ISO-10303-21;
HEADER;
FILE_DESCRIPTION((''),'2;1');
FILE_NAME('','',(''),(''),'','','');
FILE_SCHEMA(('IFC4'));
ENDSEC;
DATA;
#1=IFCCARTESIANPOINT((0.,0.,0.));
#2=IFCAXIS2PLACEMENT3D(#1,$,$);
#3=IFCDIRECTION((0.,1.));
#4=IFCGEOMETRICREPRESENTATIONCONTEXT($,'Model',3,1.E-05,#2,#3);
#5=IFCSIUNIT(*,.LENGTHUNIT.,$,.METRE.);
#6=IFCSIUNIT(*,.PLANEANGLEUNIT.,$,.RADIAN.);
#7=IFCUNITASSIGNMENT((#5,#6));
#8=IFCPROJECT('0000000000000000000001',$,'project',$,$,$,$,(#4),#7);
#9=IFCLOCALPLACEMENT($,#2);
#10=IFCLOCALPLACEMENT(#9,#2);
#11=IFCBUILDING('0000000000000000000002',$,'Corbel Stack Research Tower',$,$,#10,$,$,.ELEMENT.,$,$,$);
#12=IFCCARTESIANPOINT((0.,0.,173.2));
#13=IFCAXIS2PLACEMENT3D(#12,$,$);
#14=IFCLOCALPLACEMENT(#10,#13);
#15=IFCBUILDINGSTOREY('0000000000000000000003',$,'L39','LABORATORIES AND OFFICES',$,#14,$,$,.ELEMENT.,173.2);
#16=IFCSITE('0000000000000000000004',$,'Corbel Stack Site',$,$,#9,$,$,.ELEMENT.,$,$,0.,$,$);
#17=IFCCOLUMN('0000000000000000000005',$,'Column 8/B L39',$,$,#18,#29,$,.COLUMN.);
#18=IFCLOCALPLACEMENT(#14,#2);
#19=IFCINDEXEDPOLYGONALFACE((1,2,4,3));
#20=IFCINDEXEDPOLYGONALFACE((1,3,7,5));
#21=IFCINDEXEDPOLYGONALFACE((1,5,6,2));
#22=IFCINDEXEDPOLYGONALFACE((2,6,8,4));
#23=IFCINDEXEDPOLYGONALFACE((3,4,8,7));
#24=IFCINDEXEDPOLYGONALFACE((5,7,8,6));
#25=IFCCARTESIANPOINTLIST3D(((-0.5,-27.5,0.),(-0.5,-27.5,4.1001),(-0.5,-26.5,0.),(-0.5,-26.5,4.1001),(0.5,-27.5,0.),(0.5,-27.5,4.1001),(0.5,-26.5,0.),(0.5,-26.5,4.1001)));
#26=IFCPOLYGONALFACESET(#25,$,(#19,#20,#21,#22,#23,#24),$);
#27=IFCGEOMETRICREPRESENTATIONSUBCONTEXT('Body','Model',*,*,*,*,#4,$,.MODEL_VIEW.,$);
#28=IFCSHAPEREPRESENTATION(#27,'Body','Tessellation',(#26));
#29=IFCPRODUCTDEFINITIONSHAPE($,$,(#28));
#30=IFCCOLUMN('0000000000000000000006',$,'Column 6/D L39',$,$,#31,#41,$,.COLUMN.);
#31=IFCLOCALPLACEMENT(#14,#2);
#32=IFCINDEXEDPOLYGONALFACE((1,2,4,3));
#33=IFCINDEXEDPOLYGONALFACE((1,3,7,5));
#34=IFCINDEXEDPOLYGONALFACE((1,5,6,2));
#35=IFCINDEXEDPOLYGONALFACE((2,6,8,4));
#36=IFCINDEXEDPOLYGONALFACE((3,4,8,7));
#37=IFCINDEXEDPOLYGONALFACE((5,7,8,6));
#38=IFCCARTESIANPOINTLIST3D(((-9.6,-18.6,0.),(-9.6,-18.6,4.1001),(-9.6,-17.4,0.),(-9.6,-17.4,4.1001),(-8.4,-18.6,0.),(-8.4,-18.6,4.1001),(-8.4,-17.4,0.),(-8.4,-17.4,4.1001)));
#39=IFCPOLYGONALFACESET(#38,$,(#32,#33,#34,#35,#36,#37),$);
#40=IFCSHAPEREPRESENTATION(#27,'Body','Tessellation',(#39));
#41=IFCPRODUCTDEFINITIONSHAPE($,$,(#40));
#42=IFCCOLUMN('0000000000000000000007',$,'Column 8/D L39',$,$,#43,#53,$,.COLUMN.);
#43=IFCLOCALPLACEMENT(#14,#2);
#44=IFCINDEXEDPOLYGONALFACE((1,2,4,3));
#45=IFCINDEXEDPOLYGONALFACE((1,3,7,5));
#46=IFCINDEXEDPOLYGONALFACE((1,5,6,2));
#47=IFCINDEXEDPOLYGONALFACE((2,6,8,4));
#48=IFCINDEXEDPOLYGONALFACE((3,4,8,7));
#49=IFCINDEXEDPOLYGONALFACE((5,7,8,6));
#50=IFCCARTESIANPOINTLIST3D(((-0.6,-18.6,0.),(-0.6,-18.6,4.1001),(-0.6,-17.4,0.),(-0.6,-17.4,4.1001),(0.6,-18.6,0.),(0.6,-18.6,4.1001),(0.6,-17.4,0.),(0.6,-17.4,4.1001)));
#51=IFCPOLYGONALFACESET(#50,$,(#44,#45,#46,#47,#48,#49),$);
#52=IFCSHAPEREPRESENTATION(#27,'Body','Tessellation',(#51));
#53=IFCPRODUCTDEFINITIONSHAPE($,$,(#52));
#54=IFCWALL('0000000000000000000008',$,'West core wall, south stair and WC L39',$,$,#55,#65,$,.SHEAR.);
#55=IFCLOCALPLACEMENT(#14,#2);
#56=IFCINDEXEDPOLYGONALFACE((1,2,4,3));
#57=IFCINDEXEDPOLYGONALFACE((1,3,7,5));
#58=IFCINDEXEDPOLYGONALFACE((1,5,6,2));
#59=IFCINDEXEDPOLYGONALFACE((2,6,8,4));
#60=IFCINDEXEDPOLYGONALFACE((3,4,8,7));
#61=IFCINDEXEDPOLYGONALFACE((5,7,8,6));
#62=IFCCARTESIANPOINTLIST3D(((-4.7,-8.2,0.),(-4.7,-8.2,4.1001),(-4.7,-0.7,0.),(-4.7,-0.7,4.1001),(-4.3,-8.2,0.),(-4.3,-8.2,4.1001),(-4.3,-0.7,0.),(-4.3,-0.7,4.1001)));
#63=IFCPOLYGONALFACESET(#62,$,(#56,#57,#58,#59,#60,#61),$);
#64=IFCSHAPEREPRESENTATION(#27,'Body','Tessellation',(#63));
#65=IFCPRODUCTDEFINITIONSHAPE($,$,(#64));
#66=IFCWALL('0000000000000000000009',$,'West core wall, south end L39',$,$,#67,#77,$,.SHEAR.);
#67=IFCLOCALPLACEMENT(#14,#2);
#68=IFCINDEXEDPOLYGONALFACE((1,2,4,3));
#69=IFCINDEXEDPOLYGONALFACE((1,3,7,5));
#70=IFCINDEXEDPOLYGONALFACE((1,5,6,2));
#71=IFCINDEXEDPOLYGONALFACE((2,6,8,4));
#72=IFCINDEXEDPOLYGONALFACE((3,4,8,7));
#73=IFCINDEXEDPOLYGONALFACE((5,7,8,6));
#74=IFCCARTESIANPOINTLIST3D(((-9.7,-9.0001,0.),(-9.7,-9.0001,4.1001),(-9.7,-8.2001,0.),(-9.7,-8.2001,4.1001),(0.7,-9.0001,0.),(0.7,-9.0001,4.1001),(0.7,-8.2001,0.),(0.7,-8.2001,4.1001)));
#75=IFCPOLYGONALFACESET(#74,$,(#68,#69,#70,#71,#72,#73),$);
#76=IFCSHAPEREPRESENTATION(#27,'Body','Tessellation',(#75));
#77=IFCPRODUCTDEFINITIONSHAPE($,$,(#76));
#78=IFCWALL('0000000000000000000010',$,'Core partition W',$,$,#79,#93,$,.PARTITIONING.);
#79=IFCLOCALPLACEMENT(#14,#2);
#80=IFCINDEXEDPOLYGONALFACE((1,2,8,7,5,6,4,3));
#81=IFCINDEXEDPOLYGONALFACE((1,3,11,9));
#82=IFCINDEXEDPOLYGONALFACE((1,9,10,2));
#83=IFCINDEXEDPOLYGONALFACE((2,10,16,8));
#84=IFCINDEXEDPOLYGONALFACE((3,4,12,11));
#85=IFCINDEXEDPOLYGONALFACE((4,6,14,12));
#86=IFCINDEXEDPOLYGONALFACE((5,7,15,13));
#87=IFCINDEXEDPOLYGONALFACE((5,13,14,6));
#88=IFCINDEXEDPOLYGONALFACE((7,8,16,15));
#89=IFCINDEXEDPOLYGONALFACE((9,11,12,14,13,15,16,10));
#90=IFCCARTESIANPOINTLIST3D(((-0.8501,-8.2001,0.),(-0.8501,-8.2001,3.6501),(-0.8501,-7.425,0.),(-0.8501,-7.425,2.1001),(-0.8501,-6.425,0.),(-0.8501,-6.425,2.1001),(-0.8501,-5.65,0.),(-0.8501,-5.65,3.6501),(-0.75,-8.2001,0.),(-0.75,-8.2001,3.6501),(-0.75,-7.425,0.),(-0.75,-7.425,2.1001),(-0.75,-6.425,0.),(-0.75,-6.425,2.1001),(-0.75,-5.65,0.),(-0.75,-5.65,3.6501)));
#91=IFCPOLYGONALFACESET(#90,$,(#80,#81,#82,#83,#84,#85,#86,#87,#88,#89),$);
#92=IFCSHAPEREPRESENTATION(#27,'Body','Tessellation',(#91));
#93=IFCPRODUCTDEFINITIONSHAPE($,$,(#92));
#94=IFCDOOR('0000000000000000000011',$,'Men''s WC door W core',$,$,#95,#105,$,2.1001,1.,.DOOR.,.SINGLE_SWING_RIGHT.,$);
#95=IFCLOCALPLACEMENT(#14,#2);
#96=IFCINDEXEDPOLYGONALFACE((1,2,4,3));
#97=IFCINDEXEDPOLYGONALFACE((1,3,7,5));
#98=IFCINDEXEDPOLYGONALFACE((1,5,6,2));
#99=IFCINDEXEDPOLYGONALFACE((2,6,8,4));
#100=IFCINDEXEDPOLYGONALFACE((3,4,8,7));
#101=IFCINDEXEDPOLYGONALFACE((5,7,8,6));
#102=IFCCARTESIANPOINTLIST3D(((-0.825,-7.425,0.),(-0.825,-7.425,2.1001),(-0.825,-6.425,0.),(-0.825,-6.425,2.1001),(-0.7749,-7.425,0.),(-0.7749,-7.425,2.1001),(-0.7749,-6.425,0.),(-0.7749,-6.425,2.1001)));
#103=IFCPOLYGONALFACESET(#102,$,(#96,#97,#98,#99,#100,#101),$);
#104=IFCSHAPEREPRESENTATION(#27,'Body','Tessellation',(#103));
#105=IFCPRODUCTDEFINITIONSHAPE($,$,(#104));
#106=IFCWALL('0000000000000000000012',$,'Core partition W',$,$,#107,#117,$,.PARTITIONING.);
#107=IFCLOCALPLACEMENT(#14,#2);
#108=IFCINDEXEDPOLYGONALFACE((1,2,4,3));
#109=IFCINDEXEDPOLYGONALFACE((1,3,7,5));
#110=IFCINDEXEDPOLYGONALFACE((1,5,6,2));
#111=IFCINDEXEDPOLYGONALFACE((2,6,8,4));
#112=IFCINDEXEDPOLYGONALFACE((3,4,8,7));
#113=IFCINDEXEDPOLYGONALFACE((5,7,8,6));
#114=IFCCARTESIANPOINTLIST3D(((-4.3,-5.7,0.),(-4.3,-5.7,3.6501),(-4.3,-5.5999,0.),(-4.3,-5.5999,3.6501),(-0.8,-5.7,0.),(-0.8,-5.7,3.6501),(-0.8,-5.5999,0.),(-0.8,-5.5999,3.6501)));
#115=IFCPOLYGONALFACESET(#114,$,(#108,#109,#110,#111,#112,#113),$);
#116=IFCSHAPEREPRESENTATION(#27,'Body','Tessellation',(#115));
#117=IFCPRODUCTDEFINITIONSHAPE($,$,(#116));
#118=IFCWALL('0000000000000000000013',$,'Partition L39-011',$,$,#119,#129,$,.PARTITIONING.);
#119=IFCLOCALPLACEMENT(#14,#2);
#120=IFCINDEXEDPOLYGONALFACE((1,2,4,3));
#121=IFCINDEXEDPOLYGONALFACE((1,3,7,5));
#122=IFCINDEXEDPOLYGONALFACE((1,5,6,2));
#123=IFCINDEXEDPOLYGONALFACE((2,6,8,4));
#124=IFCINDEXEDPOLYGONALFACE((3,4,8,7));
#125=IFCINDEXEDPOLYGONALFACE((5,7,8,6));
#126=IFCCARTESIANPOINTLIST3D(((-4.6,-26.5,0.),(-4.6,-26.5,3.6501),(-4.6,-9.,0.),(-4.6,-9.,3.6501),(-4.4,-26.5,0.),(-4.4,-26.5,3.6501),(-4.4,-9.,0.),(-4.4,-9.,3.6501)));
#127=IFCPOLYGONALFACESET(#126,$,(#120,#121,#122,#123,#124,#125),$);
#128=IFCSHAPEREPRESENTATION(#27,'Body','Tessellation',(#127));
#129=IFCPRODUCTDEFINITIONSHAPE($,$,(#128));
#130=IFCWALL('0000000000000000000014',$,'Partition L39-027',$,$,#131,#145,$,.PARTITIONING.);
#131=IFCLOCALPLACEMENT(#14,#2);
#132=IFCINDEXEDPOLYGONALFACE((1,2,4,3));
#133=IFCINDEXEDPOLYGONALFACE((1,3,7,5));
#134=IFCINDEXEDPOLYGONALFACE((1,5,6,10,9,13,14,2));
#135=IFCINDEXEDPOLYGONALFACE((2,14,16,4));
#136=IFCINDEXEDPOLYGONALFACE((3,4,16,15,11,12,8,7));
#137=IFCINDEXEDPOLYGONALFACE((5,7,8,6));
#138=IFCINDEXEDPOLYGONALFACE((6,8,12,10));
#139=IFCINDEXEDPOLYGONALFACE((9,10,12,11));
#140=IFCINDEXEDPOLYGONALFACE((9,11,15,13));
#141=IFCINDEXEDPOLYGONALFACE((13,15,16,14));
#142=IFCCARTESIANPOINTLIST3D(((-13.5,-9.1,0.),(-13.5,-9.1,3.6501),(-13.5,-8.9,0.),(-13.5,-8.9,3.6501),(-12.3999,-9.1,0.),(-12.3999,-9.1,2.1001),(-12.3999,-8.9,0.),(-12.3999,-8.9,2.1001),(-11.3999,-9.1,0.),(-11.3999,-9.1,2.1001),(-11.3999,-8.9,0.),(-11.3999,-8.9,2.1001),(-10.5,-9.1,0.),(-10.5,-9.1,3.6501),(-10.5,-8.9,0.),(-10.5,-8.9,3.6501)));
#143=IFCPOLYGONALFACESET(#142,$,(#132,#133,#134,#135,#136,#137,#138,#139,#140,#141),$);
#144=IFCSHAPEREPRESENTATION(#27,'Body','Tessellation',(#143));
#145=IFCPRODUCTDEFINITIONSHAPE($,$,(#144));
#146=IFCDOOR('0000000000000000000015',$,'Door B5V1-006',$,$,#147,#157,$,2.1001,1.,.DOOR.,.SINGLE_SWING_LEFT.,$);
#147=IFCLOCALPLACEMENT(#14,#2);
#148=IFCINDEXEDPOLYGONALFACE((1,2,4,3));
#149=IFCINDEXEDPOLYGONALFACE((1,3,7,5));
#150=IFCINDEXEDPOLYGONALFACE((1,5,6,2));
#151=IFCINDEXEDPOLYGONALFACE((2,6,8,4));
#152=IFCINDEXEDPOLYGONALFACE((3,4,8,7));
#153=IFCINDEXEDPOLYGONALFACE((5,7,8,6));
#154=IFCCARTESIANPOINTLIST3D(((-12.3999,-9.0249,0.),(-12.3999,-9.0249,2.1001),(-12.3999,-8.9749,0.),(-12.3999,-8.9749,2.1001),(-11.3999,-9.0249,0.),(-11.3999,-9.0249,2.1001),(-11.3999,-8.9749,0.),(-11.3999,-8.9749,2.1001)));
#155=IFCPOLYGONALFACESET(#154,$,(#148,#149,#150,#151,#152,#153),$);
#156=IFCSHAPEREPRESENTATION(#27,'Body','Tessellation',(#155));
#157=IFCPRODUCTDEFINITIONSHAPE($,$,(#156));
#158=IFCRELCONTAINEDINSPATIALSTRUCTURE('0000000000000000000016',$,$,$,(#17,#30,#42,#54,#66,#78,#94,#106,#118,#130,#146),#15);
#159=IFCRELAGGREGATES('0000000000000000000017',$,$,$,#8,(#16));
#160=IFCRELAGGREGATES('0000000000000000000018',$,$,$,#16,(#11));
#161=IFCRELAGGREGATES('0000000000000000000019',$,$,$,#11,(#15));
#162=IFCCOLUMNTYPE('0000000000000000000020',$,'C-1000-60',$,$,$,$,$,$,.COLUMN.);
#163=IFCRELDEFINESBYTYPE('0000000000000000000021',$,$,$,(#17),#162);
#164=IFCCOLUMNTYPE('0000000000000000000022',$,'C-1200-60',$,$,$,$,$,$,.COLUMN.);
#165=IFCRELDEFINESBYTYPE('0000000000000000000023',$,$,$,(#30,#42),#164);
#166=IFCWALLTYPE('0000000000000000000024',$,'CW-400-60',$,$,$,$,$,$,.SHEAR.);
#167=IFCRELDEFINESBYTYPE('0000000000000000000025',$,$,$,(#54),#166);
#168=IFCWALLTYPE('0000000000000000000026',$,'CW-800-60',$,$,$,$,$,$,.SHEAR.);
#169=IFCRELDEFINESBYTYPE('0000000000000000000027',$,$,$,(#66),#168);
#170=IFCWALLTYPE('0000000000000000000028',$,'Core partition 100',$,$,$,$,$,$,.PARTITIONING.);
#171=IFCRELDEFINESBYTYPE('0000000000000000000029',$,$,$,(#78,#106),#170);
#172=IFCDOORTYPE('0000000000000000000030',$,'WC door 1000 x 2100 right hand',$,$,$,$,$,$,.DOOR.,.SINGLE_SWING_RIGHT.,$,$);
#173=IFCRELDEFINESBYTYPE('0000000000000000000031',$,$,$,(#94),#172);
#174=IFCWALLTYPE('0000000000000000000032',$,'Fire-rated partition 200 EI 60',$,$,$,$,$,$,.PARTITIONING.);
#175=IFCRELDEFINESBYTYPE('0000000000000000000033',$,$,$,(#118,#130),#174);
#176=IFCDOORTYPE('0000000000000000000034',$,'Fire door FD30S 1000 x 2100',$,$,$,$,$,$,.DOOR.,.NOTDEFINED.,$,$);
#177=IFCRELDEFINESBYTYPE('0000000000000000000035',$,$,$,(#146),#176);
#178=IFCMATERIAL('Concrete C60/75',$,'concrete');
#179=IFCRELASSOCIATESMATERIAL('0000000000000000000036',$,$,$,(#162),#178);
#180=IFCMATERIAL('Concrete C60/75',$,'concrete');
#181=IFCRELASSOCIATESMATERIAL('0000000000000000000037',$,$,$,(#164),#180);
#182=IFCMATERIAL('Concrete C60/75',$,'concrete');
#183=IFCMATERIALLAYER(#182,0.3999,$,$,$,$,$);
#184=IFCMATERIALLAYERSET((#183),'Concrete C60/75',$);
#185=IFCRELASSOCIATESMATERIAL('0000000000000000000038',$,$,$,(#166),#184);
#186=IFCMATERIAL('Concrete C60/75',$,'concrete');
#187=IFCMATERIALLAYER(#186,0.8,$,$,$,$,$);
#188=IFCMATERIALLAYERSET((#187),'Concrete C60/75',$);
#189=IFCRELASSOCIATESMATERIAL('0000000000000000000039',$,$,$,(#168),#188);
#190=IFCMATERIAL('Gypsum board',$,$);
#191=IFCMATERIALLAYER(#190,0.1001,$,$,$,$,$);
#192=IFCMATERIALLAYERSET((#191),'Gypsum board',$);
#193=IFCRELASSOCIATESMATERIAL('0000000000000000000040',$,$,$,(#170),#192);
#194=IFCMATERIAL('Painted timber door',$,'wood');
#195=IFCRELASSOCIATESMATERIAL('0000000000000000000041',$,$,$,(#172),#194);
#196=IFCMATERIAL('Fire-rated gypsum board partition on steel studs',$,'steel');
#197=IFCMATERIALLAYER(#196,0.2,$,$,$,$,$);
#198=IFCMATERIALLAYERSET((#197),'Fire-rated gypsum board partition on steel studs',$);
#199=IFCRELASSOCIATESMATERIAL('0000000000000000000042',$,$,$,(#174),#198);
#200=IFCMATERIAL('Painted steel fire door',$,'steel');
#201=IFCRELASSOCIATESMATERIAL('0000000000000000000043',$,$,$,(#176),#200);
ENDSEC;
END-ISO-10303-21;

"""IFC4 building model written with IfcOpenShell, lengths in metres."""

from ifc_helpers import new_model, si_unit, direction, frame, frame_2d, origin, origin_2d, place, context, subcontext, project, spatial, rectangle, extrude, material, layer, layer_set, material_profile, profile_set, type_object, element, fill, save


model = new_model("IFC4")

# Units and contexts
model_context = context("Model", 3, precision=1e-05, world=origin(), true_north=direction((0.0, 1.0)))
body_context = subcontext(model_context, "Body", "Model", "MODEL_VIEW")
ifc_project = project(units=[si_unit("LENGTHUNIT", "METRE"), si_unit("PLANEANGLEUNIT", "RADIAN")], contexts=[model_context])

# Site, building, storey
site_placement = place(None, origin())
site = spatial("IfcSite", under=ifc_project, at=site_placement, Name="Corbel Stack Site", CompositionType="ELEMENT", RefElevation=0.0)
building_placement = place(site_placement, origin())
building = spatial("IfcBuilding", under=site, at=building_placement, Name="Corbel Stack Research Tower", CompositionType="ELEMENT")
storey_placement = place(building_placement, frame((0.0, 0.0, 173.2)))
storey = spatial("IfcBuildingStorey", under=building, at=storey_placement, Name="L39", Description="LABORATORIES AND OFFICES", CompositionType="ELEMENT", Elevation=173.2)

# Columns
ifc_material_1 = material(Name="Concrete C60/75", Category="concrete")
ifc_material_profile_1 = material_profile(ifc_material_1, rectangle(XDim=1.0, YDim=1.0, at=origin_2d()), Name="RC 1000 x 1000")
ifc_profile_set_1 = profile_set([ifc_material_profile_1], Name="Concrete C60/75")
column_type_1 = type_object("IfcColumnType", Name="C-1000-60", PredefinedType="COLUMN", material=ifc_profile_set_1)
column_placement = place(storey_placement, frame((0.0, -27.0, 0.0), z_axis=(0.0, 0.0, 1.0), x_axis=(1.0, 0.0, 0.0)))
element("IfcColumn", 1, at=column_placement, inside=storey, type_object=column_type_1, Name="Column 8/B L39", PredefinedType="COLUMN", context=body_context, shape_type="SweptSolid", body=[
    extrude(rectangle(XDim=1.0, YDim=1.0, at=origin_2d()), origin(), (0.0, 0.0, 1.0), 4.1001),
])
ifc_material_2 = material(Name="Concrete C60/75", Category="concrete")
ifc_material_profile_2 = material_profile(ifc_material_2, rectangle(XDim=1.2, YDim=1.2, at=origin_2d()), Name="RC 1200 x 1200")
ifc_profile_set_2 = profile_set([ifc_material_profile_2], Name="Concrete C60/75")
column_type_2 = type_object("IfcColumnType", Name="C-1200-60", PredefinedType="COLUMN", material=ifc_profile_set_2)
for number, where, z_axis, x_axis, name in (
    (2, (-9.0, -18.0, 0.0), (0.0, 0.0, 1.0), (1.0, 0.0, 0.0), "Column 6/D L39"),
    (3, (0.0, -18.0, 0.0), (0.0, 0.0, 1.0), (1.0, 0.0, 0.0), "Column 8/D L39"),
):
    element("IfcColumn", number, at=place(storey_placement, frame(where, z_axis=z_axis, x_axis=x_axis)), inside=storey, type_object=column_type_2, Name=name, PredefinedType="COLUMN", context=body_context, shape_type="SweptSolid", body=[
        extrude(rectangle(XDim=1.2, YDim=1.2, at=origin_2d()), origin(), (0.0, 0.0, 1.0), 4.1001),
    ])

# Wall
ifc_material_3 = material(Name="Concrete C60/75", Category="concrete")
ifc_layer_1 = layer(ifc_material_3, 0.3999)
ifc_layer_set_1 = layer_set([ifc_layer_1], Name="Concrete C60/75")
wall_type_1 = type_object("IfcWallType", Name="CW-400-60", PredefinedType="SHEAR", material=ifc_layer_set_1)
wall_1_placement = place(storey_placement, frame((-4.5, -8.2, 0.0), z_axis=(0.0, 0.0, 1.0), x_axis=(0.0, 1.0, 0.0)))
element("IfcWall", 4, at=wall_1_placement, inside=storey, type_object=wall_type_1, Name="West core wall, south stair and WC L39", PredefinedType="SHEAR", context=body_context, shape_type="SweptSolid", body=[
    extrude(rectangle(XDim=7.5, YDim=0.3999, at=frame_2d((3.75, 0.0))), origin(), (0.0, 0.0, 1.0), 4.1001),
])

# Shared definitions
ifc_material_4 = material(Name="Concrete C60/75", Category="concrete")
ifc_layer_2 = layer(ifc_material_4, 0.8)
ifc_layer_set_2 = layer_set([ifc_layer_2], Name="Concrete C60/75")
wall_type_2 = type_object("IfcWallType", Name="CW-800-60", PredefinedType="SHEAR", material=ifc_layer_set_2)

# Wall
wall_2_placement = place(storey_placement, frame((-9.7, -8.6001, 0.0), z_axis=(0.0, 0.0, 1.0), x_axis=(1.0, 0.0, 0.0)))
element("IfcWall", 5, at=wall_2_placement, inside=storey, type_object=wall_type_2, Name="West core wall, south end L39", PredefinedType="SHEAR", context=body_context, shape_type="SweptSolid", body=[
    extrude(rectangle(XDim=10.3999, YDim=0.8, at=frame_2d((5.2, 0.0))), origin(), (0.0, 0.0, 1.0), 4.1001),
])

# Wall, opening, door
ifc_material_5 = material(Name="Gypsum board")
ifc_layer_3 = layer(ifc_material_5, 0.1001)
ifc_layer_set_3 = layer_set([ifc_layer_3], Name="Gypsum board")
wall_type_3 = type_object("IfcWallType", Name="Core partition 100", PredefinedType="PARTITIONING", material=ifc_layer_set_3)
wall_3_placement = place(storey_placement, frame((-0.8, -8.2, 0.0), z_axis=(0.0, 0.0, 1.0), x_axis=(0.0, 1.0, 0.0)))
wall_3 = element("IfcWall", 6, at=wall_3_placement, inside=storey, type_object=wall_type_3, Name="Core partition W", PredefinedType="PARTITIONING", context=body_context, shape_type="SweptSolid", body=[
    extrude(rectangle(XDim=2.55, YDim=0.1001, at=frame_2d((1.2749, 0.0))), origin(), (0.0, 0.0, 1.0), 3.6501),
])
opening_1_placement = place(wall_3_placement, frame((0.7749, 0.0, 0.0)))
opening_1 = element("IfcOpeningElement", 7, at=opening_1_placement, cuts=wall_3, PredefinedType="OPENING", context=body_context, shape_type="SweptSolid", body=[
    extrude(rectangle(XDim=1.0, YDim=2.1001, at=frame_2d((0.5, 1.05))), frame((0.0, 0.0601, 0.0), z_axis=(0.0, -1.0, 0.0), x_axis=(1.0, 0.0, 0.0)), (0.0, 0.0, 1.0), 0.1201),
])
ifc_material_6 = material(Name="Painted timber door", Category="wood")
door_type_1 = type_object("IfcDoorType", Name="WC door 1000 x 2100 right hand", OperationType="SINGLE_SWING_RIGHT", PredefinedType="DOOR", material=ifc_material_6)
door_1_placement = place(opening_1_placement, origin())
door_1 = element("IfcDoor", 8, at=door_1_placement, inside=storey, type_object=door_type_1, Name="Men's WC door W core", OperationType="SINGLE_SWING_RIGHT", OverallHeight=2.1001, OverallWidth=1.0, PredefinedType="DOOR", context=body_context, shape_type="SweptSolid", body=[
    extrude(rectangle(XDim=1.0, YDim=2.1001, at=frame_2d((0.5, 1.05))), frame((0.0, 0.0249, 0.0), z_axis=(0.0, -1.0, 0.0), x_axis=(1.0, 0.0, 0.0)), (0.0, 0.0, 1.0), 0.05),
])
fill(opening_1, door_1)

# Walls
wall_4_placement = place(storey_placement, frame((-4.3, -5.6499, 0.0), z_axis=(0.0, 0.0, 1.0), x_axis=(1.0, 0.0, 0.0)))
element("IfcWall", 9, at=wall_4_placement, inside=storey, type_object=wall_type_3, Name="Core partition W", PredefinedType="PARTITIONING", context=body_context, shape_type="SweptSolid", body=[
    extrude(rectangle(XDim=3.5, YDim=0.1001, at=frame_2d((1.75, 0.0))), origin(), (0.0, 0.0, 1.0), 3.6501),
])
ifc_material_7 = material(Name="Fire-rated gypsum board partition on steel studs", Category="steel")
ifc_layer_4 = layer(ifc_material_7, 0.2)
ifc_layer_set_4 = layer_set([ifc_layer_4], Name="Fire-rated gypsum board partition on steel studs")
wall_type_4 = type_object("IfcWallType", Name="Fire-rated partition 200 EI 60", PredefinedType="PARTITIONING", material=ifc_layer_set_4)
wall_5_placement = place(storey_placement, frame((-4.5, -26.5, 0.0), z_axis=(0.0, 0.0, 1.0), x_axis=(0.0, 1.0, 0.0)))
element("IfcWall", 10, at=wall_5_placement, inside=storey, type_object=wall_type_4, Name="Partition L39-011", PredefinedType="PARTITIONING", context=body_context, shape_type="SweptSolid", body=[
    extrude(rectangle(XDim=17.5, YDim=0.2, at=frame_2d((8.75, 0.0))), origin(), (0.0, 0.0, 1.0), 3.6501),
])

# Wall, opening, door
wall_6_placement = place(storey_placement, frame((-10.5, -9.0, 0.0), z_axis=(0.0, 0.0, 1.0), x_axis=(-1.0, 0.0, 0.0)))
wall_6 = element("IfcWall", 11, at=wall_6_placement, inside=storey, type_object=wall_type_4, Name="Partition L39-027", PredefinedType="PARTITIONING", context=body_context, shape_type="SweptSolid", body=[
    extrude(rectangle(XDim=3.0, YDim=0.2, at=frame_2d((1.5, 0.0))), origin(), (0.0, 0.0, 1.0), 3.6501),
])
opening_2_placement = place(wall_6_placement, frame((0.8999, 0.0, 0.0)))
opening_2 = element("IfcOpeningElement", 12, at=opening_2_placement, cuts=wall_6, PredefinedType="OPENING", context=body_context, shape_type="SweptSolid", body=[
    extrude(rectangle(XDim=1.0, YDim=2.1001, at=frame_2d((0.5, 1.05))), frame((0.0, 0.1099, 0.0), z_axis=(0.0, -1.0, 0.0), x_axis=(1.0, 0.0, 0.0)), (0.0, 0.0, 1.0), 0.22),
])
ifc_material_8 = material(Name="Painted steel fire door", Category="steel")
door_type_2 = type_object("IfcDoorType", Name="Fire door FD30S 1000 x 2100", OperationType="NOTDEFINED", PredefinedType="DOOR", material=ifc_material_8)
door_2_placement = place(opening_2_placement, origin())
door_2 = element("IfcDoor", 13, at=door_2_placement, inside=storey, type_object=door_type_2, Name="Door B5V1-006", OperationType="SINGLE_SWING_LEFT", OverallHeight=2.1001, OverallWidth=1.0, PredefinedType="DOOR", context=body_context, shape_type="SweptSolid", body=[
    extrude(rectangle(XDim=1.0, YDim=2.1001, at=frame_2d((0.5, 1.05))), frame((0.0, 0.0249, 0.0), z_axis=(0.0, -1.0, 0.0), x_axis=(1.0, 0.0, 0.0)), (0.0, 0.0, 1.0), 0.05),
])
fill(opening_2, door_2)

save(model, "model.ifc")
